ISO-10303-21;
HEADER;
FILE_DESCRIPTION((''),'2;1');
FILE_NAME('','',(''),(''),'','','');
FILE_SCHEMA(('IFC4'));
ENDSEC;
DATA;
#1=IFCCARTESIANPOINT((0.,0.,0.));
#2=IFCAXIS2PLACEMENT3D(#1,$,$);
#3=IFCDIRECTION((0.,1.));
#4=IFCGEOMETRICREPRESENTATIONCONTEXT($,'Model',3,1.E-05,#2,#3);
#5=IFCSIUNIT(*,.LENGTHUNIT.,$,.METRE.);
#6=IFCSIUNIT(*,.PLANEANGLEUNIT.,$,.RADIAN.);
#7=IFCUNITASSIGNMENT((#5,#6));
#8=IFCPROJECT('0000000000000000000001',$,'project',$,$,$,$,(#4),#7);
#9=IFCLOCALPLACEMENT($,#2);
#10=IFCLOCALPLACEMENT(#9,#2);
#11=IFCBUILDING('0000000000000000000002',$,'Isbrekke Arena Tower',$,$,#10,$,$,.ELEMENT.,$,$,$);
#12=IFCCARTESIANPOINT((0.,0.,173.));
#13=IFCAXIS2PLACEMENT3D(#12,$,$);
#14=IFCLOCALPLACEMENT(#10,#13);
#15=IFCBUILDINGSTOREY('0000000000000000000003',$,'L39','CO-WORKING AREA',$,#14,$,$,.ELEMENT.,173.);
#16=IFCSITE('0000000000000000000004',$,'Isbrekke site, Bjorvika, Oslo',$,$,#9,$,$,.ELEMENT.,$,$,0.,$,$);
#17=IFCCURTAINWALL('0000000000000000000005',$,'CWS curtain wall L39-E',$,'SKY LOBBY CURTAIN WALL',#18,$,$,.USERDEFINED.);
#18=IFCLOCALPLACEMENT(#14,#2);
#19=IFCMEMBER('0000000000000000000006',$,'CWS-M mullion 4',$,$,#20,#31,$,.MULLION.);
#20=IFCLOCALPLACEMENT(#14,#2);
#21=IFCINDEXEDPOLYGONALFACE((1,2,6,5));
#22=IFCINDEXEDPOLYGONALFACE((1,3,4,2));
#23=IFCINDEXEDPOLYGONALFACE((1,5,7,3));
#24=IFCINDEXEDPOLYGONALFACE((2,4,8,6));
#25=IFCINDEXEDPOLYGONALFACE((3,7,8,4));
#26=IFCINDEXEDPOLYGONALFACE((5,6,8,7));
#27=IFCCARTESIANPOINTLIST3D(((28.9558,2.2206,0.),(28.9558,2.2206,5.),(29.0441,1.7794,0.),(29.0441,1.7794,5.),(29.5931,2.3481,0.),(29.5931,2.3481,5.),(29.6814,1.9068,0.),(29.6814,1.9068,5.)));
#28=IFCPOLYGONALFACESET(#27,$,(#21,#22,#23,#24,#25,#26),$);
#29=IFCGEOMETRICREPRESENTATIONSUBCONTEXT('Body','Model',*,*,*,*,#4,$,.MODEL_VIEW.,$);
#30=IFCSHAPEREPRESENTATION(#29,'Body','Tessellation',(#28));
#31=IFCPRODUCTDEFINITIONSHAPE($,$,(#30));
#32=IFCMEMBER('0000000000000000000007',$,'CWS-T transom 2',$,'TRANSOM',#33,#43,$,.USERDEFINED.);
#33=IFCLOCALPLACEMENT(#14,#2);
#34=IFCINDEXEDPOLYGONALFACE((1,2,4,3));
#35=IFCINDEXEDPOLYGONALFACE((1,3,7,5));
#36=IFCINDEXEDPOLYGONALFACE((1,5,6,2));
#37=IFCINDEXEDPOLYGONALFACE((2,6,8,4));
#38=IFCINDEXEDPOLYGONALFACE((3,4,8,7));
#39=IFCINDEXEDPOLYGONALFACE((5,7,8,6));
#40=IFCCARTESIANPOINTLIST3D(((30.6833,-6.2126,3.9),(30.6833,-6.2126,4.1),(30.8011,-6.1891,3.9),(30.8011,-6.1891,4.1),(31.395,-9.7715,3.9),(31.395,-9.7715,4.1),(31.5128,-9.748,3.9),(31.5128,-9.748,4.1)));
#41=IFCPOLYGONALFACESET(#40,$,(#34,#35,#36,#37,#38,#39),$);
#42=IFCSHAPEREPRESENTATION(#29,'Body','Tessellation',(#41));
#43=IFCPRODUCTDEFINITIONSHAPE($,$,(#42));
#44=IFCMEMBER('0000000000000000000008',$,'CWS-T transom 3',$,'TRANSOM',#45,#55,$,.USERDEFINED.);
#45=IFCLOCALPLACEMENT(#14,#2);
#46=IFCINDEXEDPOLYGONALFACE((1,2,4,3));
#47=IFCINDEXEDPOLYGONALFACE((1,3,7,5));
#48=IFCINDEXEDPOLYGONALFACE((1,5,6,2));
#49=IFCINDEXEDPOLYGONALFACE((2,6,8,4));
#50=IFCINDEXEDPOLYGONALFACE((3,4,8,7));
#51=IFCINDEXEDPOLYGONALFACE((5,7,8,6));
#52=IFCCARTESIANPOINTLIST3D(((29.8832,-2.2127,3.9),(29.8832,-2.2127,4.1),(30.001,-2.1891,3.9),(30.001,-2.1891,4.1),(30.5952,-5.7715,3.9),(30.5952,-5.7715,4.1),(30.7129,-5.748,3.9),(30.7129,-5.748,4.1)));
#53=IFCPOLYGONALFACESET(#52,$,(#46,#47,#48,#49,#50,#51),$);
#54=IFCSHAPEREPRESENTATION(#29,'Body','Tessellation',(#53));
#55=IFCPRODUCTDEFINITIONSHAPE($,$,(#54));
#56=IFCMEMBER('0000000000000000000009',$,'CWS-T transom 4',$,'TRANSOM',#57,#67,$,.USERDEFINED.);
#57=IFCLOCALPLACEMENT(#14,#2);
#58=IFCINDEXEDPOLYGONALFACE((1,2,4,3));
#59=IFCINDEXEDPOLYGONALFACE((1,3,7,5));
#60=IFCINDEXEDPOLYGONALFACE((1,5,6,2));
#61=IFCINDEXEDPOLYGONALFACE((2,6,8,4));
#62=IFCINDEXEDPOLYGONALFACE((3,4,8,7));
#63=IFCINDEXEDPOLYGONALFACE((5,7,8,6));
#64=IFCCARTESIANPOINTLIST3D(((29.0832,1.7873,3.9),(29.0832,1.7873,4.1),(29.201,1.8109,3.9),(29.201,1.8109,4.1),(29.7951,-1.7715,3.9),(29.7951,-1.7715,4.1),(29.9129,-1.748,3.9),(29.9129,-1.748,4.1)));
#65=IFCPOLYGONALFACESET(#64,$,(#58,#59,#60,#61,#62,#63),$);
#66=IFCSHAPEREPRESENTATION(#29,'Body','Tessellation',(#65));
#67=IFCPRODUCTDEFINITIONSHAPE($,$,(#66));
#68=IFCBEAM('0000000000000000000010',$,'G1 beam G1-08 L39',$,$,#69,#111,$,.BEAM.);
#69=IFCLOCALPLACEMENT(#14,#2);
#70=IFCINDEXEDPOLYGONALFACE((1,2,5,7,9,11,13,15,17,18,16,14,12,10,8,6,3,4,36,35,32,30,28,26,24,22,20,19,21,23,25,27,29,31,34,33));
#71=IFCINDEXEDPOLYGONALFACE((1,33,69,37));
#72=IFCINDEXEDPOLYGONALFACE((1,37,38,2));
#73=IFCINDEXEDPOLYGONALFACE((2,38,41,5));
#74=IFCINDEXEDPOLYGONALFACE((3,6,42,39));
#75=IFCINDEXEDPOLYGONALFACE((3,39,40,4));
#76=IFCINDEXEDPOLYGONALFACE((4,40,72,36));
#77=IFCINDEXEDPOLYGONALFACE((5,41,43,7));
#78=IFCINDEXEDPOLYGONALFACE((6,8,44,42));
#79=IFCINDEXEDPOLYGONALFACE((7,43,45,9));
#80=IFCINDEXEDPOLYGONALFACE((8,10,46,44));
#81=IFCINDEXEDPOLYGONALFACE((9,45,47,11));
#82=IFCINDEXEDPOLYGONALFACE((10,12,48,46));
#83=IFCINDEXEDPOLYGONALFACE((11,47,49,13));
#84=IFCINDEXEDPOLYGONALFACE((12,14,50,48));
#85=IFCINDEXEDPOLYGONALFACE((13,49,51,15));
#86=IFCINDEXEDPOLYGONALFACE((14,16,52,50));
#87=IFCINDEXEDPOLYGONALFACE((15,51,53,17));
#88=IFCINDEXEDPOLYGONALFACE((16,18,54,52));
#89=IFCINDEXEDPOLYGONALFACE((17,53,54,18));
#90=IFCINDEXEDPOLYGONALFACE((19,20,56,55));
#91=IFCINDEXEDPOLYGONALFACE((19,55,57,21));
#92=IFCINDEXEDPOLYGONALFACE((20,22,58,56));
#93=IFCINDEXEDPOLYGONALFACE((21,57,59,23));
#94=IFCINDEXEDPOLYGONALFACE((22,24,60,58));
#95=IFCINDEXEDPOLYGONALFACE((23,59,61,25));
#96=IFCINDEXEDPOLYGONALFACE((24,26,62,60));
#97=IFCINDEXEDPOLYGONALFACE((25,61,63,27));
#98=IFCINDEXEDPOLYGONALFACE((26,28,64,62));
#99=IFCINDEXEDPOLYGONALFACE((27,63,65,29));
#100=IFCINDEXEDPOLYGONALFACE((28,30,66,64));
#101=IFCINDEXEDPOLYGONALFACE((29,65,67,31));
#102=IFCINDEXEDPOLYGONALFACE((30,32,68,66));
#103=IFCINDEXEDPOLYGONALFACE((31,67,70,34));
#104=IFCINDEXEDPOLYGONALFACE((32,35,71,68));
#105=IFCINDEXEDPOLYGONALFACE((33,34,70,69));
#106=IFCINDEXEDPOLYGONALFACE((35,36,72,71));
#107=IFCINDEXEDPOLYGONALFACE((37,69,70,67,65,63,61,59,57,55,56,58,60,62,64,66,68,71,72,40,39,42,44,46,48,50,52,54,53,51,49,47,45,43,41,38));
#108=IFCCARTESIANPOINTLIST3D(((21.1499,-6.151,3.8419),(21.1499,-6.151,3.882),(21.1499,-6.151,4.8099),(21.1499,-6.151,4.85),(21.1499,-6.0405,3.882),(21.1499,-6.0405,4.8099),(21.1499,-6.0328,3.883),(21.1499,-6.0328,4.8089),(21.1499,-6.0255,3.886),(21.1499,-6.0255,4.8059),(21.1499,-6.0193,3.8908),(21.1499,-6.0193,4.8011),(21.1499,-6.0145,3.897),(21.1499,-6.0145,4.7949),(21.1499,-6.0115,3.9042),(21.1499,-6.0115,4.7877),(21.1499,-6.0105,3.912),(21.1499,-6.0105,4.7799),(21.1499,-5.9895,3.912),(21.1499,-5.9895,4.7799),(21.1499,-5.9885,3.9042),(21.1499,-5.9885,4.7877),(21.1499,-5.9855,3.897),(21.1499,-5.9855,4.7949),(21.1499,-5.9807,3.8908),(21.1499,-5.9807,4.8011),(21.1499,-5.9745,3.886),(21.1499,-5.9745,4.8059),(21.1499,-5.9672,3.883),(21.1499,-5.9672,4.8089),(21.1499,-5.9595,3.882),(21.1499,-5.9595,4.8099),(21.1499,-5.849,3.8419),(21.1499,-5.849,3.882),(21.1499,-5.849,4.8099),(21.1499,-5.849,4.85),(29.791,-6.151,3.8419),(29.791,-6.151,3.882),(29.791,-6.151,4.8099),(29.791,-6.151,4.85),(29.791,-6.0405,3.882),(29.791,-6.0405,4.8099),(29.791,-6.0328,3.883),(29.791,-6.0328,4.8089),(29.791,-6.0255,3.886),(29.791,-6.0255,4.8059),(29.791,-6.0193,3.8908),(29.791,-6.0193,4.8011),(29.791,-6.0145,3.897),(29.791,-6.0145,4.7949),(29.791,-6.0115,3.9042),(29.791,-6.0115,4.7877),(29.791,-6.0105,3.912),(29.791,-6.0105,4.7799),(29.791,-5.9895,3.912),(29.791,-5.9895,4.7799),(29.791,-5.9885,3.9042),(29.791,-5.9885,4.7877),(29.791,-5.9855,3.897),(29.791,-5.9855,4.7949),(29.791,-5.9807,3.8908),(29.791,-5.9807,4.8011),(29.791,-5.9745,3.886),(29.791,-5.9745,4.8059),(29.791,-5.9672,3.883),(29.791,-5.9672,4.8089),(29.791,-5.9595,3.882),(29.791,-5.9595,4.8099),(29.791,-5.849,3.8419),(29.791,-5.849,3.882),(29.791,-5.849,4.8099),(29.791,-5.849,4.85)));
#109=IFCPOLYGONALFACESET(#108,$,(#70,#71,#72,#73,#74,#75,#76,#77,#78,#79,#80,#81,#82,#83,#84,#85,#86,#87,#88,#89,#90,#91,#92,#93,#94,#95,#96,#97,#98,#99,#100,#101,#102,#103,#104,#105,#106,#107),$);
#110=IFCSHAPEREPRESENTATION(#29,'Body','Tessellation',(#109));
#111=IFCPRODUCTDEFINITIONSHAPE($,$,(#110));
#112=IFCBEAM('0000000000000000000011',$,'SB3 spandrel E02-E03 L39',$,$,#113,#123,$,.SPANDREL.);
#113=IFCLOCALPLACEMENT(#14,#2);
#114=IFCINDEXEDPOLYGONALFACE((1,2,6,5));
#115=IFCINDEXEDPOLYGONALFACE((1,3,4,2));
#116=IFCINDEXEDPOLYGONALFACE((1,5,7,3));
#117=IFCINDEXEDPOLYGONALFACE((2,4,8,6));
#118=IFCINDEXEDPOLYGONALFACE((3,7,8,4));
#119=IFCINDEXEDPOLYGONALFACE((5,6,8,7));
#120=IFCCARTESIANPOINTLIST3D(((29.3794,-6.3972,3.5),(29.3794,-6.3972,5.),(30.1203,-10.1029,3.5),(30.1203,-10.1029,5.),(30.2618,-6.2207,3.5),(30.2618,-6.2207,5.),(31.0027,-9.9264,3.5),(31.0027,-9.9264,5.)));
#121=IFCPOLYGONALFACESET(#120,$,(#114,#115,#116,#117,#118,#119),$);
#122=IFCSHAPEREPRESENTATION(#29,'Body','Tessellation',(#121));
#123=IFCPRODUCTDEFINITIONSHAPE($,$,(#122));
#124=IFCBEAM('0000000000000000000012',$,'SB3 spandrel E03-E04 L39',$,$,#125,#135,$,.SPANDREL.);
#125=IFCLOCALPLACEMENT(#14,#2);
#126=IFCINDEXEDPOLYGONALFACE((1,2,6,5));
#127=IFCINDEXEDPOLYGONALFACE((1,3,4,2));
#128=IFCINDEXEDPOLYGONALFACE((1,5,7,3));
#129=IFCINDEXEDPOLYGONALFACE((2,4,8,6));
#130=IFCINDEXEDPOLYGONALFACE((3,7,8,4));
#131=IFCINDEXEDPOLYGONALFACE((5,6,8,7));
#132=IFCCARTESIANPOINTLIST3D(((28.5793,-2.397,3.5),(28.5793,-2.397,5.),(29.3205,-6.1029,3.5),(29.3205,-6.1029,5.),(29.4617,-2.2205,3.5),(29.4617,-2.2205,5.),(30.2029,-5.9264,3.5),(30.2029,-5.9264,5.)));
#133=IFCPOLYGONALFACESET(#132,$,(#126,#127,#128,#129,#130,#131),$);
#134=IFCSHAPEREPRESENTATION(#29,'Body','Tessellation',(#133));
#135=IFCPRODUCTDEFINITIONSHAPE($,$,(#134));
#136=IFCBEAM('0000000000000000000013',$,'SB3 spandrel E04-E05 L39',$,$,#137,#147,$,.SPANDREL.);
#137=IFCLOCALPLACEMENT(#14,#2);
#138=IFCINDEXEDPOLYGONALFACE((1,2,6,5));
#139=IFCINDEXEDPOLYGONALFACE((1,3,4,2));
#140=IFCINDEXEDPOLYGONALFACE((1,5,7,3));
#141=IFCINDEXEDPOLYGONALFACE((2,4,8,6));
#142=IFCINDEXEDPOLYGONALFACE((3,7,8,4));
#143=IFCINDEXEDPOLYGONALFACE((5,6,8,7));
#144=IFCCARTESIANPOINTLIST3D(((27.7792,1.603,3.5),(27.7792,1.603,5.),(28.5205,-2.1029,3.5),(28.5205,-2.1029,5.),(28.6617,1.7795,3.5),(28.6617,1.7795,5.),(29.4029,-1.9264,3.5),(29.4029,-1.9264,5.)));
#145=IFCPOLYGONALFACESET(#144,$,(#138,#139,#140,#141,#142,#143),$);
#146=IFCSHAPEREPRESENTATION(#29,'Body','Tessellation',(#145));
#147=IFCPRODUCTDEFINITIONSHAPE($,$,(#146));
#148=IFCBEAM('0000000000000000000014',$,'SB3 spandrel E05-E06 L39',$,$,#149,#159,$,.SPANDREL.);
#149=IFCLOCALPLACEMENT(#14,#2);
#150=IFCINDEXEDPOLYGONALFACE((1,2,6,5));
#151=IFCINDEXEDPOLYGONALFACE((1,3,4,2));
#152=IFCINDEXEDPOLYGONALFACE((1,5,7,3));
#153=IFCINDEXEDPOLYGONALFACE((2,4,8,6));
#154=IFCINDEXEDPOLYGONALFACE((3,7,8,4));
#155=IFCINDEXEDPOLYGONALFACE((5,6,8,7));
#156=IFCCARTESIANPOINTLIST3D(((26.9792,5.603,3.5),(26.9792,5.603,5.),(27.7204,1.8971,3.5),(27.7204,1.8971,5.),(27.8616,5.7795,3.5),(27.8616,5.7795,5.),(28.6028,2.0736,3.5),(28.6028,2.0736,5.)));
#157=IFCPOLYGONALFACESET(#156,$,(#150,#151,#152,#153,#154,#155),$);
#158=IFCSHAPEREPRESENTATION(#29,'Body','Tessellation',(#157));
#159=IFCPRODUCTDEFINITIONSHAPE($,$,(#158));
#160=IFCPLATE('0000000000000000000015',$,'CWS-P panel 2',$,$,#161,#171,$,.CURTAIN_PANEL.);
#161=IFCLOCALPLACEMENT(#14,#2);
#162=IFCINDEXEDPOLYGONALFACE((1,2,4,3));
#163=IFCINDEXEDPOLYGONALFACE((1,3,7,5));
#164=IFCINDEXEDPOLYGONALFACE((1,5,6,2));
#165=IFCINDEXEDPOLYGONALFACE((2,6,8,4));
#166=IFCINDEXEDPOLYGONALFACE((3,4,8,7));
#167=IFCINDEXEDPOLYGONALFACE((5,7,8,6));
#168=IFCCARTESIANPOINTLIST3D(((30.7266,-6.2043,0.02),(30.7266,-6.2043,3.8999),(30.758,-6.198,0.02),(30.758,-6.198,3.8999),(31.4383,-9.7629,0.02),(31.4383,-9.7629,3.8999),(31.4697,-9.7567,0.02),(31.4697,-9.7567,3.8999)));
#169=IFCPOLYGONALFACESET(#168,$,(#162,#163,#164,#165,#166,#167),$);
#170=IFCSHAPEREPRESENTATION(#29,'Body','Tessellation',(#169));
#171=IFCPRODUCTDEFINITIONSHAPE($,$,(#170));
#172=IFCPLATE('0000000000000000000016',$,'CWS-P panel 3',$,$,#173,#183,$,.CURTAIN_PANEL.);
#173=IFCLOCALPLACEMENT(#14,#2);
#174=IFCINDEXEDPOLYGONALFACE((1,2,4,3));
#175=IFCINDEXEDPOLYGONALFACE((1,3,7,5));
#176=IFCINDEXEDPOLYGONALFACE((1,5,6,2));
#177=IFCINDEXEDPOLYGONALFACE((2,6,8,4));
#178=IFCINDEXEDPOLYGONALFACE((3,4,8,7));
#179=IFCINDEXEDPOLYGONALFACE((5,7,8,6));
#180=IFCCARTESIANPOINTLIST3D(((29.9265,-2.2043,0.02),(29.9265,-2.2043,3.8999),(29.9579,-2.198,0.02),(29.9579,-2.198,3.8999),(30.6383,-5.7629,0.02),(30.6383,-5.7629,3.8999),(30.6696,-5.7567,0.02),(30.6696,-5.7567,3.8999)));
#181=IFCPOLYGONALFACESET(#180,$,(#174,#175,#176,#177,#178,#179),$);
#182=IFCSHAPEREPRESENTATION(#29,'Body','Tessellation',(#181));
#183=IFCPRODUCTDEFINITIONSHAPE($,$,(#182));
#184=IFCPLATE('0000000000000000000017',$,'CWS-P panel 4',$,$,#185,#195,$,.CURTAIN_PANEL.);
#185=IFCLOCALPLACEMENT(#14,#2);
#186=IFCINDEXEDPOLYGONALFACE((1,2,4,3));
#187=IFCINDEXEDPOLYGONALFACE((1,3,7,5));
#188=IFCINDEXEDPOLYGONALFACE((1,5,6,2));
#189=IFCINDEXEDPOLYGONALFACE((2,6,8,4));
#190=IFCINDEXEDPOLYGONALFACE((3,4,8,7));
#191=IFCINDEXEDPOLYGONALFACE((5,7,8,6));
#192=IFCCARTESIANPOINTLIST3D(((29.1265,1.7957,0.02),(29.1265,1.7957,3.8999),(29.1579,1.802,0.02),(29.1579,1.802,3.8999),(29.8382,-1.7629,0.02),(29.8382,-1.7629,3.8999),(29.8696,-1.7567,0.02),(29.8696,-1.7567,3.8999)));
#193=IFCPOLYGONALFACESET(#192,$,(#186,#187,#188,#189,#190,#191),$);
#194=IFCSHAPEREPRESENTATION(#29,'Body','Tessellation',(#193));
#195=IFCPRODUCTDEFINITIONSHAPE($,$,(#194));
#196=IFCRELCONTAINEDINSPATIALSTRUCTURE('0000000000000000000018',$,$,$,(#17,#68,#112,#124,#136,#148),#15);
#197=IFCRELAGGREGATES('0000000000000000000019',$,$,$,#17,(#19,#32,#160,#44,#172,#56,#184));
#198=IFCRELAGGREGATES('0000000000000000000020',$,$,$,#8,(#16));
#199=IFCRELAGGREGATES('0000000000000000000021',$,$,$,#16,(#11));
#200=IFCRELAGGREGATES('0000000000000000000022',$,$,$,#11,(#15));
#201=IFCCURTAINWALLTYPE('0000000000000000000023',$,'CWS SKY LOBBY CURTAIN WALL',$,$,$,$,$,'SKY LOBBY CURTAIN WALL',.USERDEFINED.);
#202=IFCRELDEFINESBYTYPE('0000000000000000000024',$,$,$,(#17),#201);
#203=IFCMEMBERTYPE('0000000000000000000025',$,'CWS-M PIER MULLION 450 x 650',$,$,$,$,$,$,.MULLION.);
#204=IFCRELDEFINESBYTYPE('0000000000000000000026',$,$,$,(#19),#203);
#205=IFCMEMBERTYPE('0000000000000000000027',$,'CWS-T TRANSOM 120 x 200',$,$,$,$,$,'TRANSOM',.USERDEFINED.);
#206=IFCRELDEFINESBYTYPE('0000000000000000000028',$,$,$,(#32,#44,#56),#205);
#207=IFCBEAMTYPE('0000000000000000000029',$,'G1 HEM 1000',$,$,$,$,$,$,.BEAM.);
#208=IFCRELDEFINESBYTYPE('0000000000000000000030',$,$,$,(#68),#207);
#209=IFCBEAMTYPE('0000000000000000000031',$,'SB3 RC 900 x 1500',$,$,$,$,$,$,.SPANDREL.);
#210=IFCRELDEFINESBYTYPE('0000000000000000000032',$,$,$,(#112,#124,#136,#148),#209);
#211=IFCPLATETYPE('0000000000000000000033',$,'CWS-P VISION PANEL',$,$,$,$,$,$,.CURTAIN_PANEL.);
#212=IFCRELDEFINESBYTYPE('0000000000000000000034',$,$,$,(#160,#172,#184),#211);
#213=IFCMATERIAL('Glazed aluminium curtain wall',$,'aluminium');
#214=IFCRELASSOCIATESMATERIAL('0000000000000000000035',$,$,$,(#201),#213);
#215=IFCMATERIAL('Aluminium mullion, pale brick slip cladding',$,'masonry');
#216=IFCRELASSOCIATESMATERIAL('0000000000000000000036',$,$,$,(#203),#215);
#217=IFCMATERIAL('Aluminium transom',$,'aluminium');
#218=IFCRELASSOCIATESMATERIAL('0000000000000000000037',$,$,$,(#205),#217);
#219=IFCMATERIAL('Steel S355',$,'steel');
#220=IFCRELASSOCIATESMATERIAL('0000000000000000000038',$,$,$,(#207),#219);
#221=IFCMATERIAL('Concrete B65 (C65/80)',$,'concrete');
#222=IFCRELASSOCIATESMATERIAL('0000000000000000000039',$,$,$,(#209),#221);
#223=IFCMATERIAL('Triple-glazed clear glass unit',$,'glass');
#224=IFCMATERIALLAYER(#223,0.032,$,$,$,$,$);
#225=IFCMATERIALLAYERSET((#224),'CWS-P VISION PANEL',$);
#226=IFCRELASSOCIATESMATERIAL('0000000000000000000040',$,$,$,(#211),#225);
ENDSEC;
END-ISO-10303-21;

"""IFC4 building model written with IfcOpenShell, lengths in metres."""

from ifc_helpers import new_model, si_unit, direction, frame, origin, origin_2d, place, context, subcontext, project, spatial, rectangle, i_section, extrude, material, layer, layer_set, material_profile, profile_set, type_object, element, aggregate, save


model = new_model("IFC4")

# Units and contexts
model_context = context("Model", 3, precision=1e-05, world=origin(), true_north=direction((0.0, 1.0)))
body_context = subcontext(model_context, "Body", "Model", "MODEL_VIEW")
ifc_project = project(units=[si_unit("LENGTHUNIT", "METRE"), si_unit("PLANEANGLEUNIT", "RADIAN")], contexts=[model_context])

# Site, building, storey
site_placement = place(None, origin())
site = spatial("IfcSite", under=ifc_project, at=site_placement, Name="Isbrekke site, Bjorvika, Oslo", CompositionType="ELEMENT", RefElevation=0.0)
building_placement = place(site_placement, origin())
building = spatial("IfcBuilding", under=site, at=building_placement, Name="Isbrekke Arena Tower", CompositionType="ELEMENT")
storey_placement = place(building_placement, frame((0.0, 0.0, 173.0)))
storey = spatial("IfcBuildingStorey", under=building, at=storey_placement, Name="L39", Description="CO-WORKING AREA", CompositionType="ELEMENT", Elevation=173.0)

# Curtain wall, members
ifc_material_1 = material(Name="Glazed aluminium curtain wall", Category="aluminium")
curtain_wall_type = type_object("IfcCurtainWallType", Name="CWS SKY LOBBY CURTAIN WALL", ElementType="SKY LOBBY CURTAIN WALL", PredefinedType="USERDEFINED", material=ifc_material_1)
curtain_wall_placement = place(storey_placement, origin())
curtain_wall = element("IfcCurtainWall", 1, at=curtain_wall_placement, inside=storey, type_object=curtain_wall_type, Name="CWS curtain wall L39-E", ObjectType="SKY LOBBY CURTAIN WALL", PredefinedType="USERDEFINED")
ifc_material_2 = material(Name="Aluminium mullion, pale brick slip cladding", Category="masonry")
ifc_material_profile_1 = material_profile(ifc_material_2, rectangle(XDim=0.45, YDim=0.6499, at=origin_2d()), Name="PIER 450X650")
ifc_profile_set_1 = profile_set([ifc_material_profile_1], Name="Aluminium mullion, pale brick slip cladding")
member_type_1 = type_object("IfcMemberType", Name="CWS-M PIER MULLION 450 x 650", PredefinedType="MULLION", material=ifc_profile_set_1)
member_1_placement = place(storey_placement, frame((29.3186, 2.0637, 0.0), z_axis=(0.0, 0.0, 1.0), x_axis=(-0.196116, 0.980581, 0.0)))
member_1 = element("IfcMember", 2, at=member_1_placement, type_object=member_type_1, Name="CWS-M mullion 4", PredefinedType="MULLION", context=body_context, shape_type="SweptSolid", body=[
    extrude(rectangle(XDim=0.45, YDim=0.6499, at=origin_2d()), origin(), (0.0, 0.0, 1.0), 5.0),
])
ifc_material_3 = material(Name="Aluminium transom", Category="aluminium")
ifc_material_profile_2 = material_profile(ifc_material_3, rectangle(XDim=0.1201, YDim=0.2, at=origin_2d()), Name="TRANSOM 120X200")
ifc_profile_set_2 = profile_set([ifc_material_profile_2], Name="Aluminium transom")
member_type_2 = type_object("IfcMemberType", Name="CWS-T TRANSOM 120 x 200", ElementType="TRANSOM", PredefinedType="USERDEFINED", material=ifc_profile_set_2)
member_2_placement = place(storey_placement, frame((31.4539, -9.7598, 4.0), z_axis=(-0.19609, 0.980586, 0.0), x_axis=(-0.980586, -0.19609, 0.0)))
member_2 = element("IfcMember", 3, at=member_2_placement, type_object=member_type_2, Name="CWS-T transom 2", ObjectType="TRANSOM", PredefinedType="USERDEFINED", context=body_context, shape_type="SweptSolid", body=[
    extrude(rectangle(XDim=0.1201, YDim=0.2, at=origin_2d()), origin(), (0.0, 0.0, 1.0), 3.6294),
])
member_3_placement = place(storey_placement, frame((30.6541, -5.7598, 4.0), z_axis=(-0.196155, 0.980573, 0.0), x_axis=(-0.980573, -0.196155, 0.0)))
member_3 = element("IfcMember", 4, at=member_3_placement, type_object=member_type_2, Name="CWS-T transom 3", ObjectType="TRANSOM", PredefinedType="USERDEFINED", context=body_context, shape_type="SweptSolid", body=[
    extrude(rectangle(XDim=0.1201, YDim=0.2, at=origin_2d()), origin(), (0.0, 0.0, 1.0), 3.6294),
])
member_4_placement = place(storey_placement, frame((29.854, -1.7598, 4.0), z_axis=(-0.196155, 0.980573, 0.0), x_axis=(-0.980573, -0.196155, 0.0)))
member_4 = element("IfcMember", 5, at=member_4_placement, type_object=member_type_2, Name="CWS-T transom 4", ObjectType="TRANSOM", PredefinedType="USERDEFINED", context=body_context, shape_type="SweptSolid", body=[
    extrude(rectangle(XDim=0.1201, YDim=0.2, at=origin_2d()), origin(), (0.0, 0.0, 1.0), 3.6294),
])

# Beams
ifc_material_4 = material(Name="Steel S355", Category="steel")
ifc_material_profile_3 = material_profile(ifc_material_4, i_section(OverallWidth=0.302, OverallDepth=1.0081, WebThickness=0.021, FlangeThickness=0.04, FilletRadius=0.03, at=origin_2d()), Name="HEM 1000")
ifc_profile_set_3 = profile_set([ifc_material_profile_3], Name="Steel S355")
beam_type_1 = type_object("IfcBeamType", Name="G1 HEM 1000", PredefinedType="BEAM", material=ifc_profile_set_3)
beam_1_placement = place(storey_placement, frame((21.1499, -6.0, 4.3459), z_axis=(1.0, 0.0, 0.0), x_axis=(0.0, 1.0, 0.0)))
element("IfcBeam", 6, at=beam_1_placement, inside=storey, type_object=beam_type_1, Name="G1 beam G1-08 L39", PredefinedType="BEAM", context=body_context, shape_type="SweptSolid", body=[
    extrude(i_section(OverallWidth=0.302, OverallDepth=1.0081, WebThickness=0.021, FlangeThickness=0.04, FilletRadius=0.03, at=origin_2d()), origin(), (0.0, 0.0, 1.0), 8.6411),
])
ifc_material_5 = material(Name="Concrete B65 (C65/80)", Category="concrete")
ifc_material_profile_4 = material_profile(ifc_material_5, rectangle(XDim=0.8999, YDim=1.5, at=origin_2d()), Name="RC 900x1500")
ifc_profile_set_4 = profile_set([ifc_material_profile_4], Name="Concrete B65 (C65/80)")
beam_type_2 = type_object("IfcBeamType", Name="SB3 RC 900 x 1500", PredefinedType="SPANDREL", material=ifc_profile_set_4)
beam_2_placement = place(storey_placement, frame((30.5615, -10.0146, 4.25), z_axis=(-0.196066, 0.980591, 0.0), x_axis=(-0.980591, -0.196066, 0.0)))
element("IfcBeam", 7, at=beam_2_placement, inside=storey, type_object=beam_type_2, Name="SB3 spandrel E02-E03 L39", PredefinedType="SPANDREL", context=body_context, shape_type="SweptSolid", body=[
    extrude(rectangle(XDim=0.8999, YDim=1.5, at=origin_2d()), origin(), (0.0, 0.0, 1.0), 3.7791),
])
for number, where, z_axis, x_axis, name in (
    (8, (29.7617, -6.0146, 4.25), (-0.196129, 0.980578, 0.0), (-0.980578, -0.196129, 0.0), "SB3 spandrel E03-E04 L39"),
    (9, (28.9617, -2.0146, 4.25), (-0.196129, 0.980578, 0.0), (-0.980578, -0.196129, 0.0), "SB3 spandrel E04-E05 L39"),
    (10, (28.1616, 1.9854, 4.25), (-0.196129, 0.980578, 0.0), (-0.980578, -0.196129, 0.0), "SB3 spandrel E05-E06 L39"),
):
    element("IfcBeam", number, at=place(storey_placement, frame(where, z_axis=z_axis, x_axis=x_axis)), inside=storey, type_object=beam_type_2, Name=name, PredefinedType="SPANDREL", context=body_context, shape_type="SweptSolid", body=[
        extrude(rectangle(XDim=0.8999, YDim=1.5, at=origin_2d()), origin(), (0.0, 0.0, 1.0), 3.7793),
    ])

# Plates
ifc_material_6 = material(Name="Triple-glazed clear glass unit", Category="glass")
ifc_layer_1 = layer(ifc_material_6, 0.032)
ifc_layer_set_1 = layer_set([ifc_layer_1], Name="CWS-P VISION PANEL")
plate_type = type_object("IfcPlateType", Name="CWS-P VISION PANEL", PredefinedType="CURTAIN_PANEL", material=ifc_layer_set_1)
plate_1_placement = place(storey_placement, frame((31.0981, -7.9805, 0.02), z_axis=(0.0, 0.0, 1.0), x_axis=(-0.196116, 0.980581, 0.0)))
plate_1 = element("IfcPlate", 11, at=plate_1_placement, type_object=plate_type, Name="CWS-P panel 2", PredefinedType="CURTAIN_PANEL", context=body_context, shape_type="SweptSolid", body=[
    extrude(rectangle(XDim=3.6292, YDim=0.032, at=origin_2d()), origin(), (0.0, 0.0, 1.0), 3.8799),
])
plate_2_placement = place(storey_placement, frame((30.2981, -3.9805, 0.02), z_axis=(0.0, 0.0, 1.0), x_axis=(-0.196116, 0.980581, 0.0)))
plate_2 = element("IfcPlate", 12, at=plate_2_placement, type_object=plate_type, Name="CWS-P panel 3", PredefinedType="CURTAIN_PANEL", context=body_context, shape_type="SweptSolid", body=[
    extrude(rectangle(XDim=3.6292, YDim=0.032, at=origin_2d()), origin(), (0.0, 0.0, 1.0), 3.8799),
])
plate_3_placement = place(storey_placement, frame((29.498, 0.0195, 0.02), z_axis=(0.0, 0.0, 1.0), x_axis=(-0.196116, 0.980581, 0.0)))
plate_3 = element("IfcPlate", 13, at=plate_3_placement, type_object=plate_type, Name="CWS-P panel 4", PredefinedType="CURTAIN_PANEL", context=body_context, shape_type="SweptSolid", body=[
    extrude(rectangle(XDim=3.6292, YDim=0.032, at=origin_2d()), origin(), (0.0, 0.0, 1.0), 3.8799),
])
aggregate(curtain_wall, [member_1, member_2, plate_1, member_3, plate_2, member_4, plate_3])

save(model, "model.ifc")
